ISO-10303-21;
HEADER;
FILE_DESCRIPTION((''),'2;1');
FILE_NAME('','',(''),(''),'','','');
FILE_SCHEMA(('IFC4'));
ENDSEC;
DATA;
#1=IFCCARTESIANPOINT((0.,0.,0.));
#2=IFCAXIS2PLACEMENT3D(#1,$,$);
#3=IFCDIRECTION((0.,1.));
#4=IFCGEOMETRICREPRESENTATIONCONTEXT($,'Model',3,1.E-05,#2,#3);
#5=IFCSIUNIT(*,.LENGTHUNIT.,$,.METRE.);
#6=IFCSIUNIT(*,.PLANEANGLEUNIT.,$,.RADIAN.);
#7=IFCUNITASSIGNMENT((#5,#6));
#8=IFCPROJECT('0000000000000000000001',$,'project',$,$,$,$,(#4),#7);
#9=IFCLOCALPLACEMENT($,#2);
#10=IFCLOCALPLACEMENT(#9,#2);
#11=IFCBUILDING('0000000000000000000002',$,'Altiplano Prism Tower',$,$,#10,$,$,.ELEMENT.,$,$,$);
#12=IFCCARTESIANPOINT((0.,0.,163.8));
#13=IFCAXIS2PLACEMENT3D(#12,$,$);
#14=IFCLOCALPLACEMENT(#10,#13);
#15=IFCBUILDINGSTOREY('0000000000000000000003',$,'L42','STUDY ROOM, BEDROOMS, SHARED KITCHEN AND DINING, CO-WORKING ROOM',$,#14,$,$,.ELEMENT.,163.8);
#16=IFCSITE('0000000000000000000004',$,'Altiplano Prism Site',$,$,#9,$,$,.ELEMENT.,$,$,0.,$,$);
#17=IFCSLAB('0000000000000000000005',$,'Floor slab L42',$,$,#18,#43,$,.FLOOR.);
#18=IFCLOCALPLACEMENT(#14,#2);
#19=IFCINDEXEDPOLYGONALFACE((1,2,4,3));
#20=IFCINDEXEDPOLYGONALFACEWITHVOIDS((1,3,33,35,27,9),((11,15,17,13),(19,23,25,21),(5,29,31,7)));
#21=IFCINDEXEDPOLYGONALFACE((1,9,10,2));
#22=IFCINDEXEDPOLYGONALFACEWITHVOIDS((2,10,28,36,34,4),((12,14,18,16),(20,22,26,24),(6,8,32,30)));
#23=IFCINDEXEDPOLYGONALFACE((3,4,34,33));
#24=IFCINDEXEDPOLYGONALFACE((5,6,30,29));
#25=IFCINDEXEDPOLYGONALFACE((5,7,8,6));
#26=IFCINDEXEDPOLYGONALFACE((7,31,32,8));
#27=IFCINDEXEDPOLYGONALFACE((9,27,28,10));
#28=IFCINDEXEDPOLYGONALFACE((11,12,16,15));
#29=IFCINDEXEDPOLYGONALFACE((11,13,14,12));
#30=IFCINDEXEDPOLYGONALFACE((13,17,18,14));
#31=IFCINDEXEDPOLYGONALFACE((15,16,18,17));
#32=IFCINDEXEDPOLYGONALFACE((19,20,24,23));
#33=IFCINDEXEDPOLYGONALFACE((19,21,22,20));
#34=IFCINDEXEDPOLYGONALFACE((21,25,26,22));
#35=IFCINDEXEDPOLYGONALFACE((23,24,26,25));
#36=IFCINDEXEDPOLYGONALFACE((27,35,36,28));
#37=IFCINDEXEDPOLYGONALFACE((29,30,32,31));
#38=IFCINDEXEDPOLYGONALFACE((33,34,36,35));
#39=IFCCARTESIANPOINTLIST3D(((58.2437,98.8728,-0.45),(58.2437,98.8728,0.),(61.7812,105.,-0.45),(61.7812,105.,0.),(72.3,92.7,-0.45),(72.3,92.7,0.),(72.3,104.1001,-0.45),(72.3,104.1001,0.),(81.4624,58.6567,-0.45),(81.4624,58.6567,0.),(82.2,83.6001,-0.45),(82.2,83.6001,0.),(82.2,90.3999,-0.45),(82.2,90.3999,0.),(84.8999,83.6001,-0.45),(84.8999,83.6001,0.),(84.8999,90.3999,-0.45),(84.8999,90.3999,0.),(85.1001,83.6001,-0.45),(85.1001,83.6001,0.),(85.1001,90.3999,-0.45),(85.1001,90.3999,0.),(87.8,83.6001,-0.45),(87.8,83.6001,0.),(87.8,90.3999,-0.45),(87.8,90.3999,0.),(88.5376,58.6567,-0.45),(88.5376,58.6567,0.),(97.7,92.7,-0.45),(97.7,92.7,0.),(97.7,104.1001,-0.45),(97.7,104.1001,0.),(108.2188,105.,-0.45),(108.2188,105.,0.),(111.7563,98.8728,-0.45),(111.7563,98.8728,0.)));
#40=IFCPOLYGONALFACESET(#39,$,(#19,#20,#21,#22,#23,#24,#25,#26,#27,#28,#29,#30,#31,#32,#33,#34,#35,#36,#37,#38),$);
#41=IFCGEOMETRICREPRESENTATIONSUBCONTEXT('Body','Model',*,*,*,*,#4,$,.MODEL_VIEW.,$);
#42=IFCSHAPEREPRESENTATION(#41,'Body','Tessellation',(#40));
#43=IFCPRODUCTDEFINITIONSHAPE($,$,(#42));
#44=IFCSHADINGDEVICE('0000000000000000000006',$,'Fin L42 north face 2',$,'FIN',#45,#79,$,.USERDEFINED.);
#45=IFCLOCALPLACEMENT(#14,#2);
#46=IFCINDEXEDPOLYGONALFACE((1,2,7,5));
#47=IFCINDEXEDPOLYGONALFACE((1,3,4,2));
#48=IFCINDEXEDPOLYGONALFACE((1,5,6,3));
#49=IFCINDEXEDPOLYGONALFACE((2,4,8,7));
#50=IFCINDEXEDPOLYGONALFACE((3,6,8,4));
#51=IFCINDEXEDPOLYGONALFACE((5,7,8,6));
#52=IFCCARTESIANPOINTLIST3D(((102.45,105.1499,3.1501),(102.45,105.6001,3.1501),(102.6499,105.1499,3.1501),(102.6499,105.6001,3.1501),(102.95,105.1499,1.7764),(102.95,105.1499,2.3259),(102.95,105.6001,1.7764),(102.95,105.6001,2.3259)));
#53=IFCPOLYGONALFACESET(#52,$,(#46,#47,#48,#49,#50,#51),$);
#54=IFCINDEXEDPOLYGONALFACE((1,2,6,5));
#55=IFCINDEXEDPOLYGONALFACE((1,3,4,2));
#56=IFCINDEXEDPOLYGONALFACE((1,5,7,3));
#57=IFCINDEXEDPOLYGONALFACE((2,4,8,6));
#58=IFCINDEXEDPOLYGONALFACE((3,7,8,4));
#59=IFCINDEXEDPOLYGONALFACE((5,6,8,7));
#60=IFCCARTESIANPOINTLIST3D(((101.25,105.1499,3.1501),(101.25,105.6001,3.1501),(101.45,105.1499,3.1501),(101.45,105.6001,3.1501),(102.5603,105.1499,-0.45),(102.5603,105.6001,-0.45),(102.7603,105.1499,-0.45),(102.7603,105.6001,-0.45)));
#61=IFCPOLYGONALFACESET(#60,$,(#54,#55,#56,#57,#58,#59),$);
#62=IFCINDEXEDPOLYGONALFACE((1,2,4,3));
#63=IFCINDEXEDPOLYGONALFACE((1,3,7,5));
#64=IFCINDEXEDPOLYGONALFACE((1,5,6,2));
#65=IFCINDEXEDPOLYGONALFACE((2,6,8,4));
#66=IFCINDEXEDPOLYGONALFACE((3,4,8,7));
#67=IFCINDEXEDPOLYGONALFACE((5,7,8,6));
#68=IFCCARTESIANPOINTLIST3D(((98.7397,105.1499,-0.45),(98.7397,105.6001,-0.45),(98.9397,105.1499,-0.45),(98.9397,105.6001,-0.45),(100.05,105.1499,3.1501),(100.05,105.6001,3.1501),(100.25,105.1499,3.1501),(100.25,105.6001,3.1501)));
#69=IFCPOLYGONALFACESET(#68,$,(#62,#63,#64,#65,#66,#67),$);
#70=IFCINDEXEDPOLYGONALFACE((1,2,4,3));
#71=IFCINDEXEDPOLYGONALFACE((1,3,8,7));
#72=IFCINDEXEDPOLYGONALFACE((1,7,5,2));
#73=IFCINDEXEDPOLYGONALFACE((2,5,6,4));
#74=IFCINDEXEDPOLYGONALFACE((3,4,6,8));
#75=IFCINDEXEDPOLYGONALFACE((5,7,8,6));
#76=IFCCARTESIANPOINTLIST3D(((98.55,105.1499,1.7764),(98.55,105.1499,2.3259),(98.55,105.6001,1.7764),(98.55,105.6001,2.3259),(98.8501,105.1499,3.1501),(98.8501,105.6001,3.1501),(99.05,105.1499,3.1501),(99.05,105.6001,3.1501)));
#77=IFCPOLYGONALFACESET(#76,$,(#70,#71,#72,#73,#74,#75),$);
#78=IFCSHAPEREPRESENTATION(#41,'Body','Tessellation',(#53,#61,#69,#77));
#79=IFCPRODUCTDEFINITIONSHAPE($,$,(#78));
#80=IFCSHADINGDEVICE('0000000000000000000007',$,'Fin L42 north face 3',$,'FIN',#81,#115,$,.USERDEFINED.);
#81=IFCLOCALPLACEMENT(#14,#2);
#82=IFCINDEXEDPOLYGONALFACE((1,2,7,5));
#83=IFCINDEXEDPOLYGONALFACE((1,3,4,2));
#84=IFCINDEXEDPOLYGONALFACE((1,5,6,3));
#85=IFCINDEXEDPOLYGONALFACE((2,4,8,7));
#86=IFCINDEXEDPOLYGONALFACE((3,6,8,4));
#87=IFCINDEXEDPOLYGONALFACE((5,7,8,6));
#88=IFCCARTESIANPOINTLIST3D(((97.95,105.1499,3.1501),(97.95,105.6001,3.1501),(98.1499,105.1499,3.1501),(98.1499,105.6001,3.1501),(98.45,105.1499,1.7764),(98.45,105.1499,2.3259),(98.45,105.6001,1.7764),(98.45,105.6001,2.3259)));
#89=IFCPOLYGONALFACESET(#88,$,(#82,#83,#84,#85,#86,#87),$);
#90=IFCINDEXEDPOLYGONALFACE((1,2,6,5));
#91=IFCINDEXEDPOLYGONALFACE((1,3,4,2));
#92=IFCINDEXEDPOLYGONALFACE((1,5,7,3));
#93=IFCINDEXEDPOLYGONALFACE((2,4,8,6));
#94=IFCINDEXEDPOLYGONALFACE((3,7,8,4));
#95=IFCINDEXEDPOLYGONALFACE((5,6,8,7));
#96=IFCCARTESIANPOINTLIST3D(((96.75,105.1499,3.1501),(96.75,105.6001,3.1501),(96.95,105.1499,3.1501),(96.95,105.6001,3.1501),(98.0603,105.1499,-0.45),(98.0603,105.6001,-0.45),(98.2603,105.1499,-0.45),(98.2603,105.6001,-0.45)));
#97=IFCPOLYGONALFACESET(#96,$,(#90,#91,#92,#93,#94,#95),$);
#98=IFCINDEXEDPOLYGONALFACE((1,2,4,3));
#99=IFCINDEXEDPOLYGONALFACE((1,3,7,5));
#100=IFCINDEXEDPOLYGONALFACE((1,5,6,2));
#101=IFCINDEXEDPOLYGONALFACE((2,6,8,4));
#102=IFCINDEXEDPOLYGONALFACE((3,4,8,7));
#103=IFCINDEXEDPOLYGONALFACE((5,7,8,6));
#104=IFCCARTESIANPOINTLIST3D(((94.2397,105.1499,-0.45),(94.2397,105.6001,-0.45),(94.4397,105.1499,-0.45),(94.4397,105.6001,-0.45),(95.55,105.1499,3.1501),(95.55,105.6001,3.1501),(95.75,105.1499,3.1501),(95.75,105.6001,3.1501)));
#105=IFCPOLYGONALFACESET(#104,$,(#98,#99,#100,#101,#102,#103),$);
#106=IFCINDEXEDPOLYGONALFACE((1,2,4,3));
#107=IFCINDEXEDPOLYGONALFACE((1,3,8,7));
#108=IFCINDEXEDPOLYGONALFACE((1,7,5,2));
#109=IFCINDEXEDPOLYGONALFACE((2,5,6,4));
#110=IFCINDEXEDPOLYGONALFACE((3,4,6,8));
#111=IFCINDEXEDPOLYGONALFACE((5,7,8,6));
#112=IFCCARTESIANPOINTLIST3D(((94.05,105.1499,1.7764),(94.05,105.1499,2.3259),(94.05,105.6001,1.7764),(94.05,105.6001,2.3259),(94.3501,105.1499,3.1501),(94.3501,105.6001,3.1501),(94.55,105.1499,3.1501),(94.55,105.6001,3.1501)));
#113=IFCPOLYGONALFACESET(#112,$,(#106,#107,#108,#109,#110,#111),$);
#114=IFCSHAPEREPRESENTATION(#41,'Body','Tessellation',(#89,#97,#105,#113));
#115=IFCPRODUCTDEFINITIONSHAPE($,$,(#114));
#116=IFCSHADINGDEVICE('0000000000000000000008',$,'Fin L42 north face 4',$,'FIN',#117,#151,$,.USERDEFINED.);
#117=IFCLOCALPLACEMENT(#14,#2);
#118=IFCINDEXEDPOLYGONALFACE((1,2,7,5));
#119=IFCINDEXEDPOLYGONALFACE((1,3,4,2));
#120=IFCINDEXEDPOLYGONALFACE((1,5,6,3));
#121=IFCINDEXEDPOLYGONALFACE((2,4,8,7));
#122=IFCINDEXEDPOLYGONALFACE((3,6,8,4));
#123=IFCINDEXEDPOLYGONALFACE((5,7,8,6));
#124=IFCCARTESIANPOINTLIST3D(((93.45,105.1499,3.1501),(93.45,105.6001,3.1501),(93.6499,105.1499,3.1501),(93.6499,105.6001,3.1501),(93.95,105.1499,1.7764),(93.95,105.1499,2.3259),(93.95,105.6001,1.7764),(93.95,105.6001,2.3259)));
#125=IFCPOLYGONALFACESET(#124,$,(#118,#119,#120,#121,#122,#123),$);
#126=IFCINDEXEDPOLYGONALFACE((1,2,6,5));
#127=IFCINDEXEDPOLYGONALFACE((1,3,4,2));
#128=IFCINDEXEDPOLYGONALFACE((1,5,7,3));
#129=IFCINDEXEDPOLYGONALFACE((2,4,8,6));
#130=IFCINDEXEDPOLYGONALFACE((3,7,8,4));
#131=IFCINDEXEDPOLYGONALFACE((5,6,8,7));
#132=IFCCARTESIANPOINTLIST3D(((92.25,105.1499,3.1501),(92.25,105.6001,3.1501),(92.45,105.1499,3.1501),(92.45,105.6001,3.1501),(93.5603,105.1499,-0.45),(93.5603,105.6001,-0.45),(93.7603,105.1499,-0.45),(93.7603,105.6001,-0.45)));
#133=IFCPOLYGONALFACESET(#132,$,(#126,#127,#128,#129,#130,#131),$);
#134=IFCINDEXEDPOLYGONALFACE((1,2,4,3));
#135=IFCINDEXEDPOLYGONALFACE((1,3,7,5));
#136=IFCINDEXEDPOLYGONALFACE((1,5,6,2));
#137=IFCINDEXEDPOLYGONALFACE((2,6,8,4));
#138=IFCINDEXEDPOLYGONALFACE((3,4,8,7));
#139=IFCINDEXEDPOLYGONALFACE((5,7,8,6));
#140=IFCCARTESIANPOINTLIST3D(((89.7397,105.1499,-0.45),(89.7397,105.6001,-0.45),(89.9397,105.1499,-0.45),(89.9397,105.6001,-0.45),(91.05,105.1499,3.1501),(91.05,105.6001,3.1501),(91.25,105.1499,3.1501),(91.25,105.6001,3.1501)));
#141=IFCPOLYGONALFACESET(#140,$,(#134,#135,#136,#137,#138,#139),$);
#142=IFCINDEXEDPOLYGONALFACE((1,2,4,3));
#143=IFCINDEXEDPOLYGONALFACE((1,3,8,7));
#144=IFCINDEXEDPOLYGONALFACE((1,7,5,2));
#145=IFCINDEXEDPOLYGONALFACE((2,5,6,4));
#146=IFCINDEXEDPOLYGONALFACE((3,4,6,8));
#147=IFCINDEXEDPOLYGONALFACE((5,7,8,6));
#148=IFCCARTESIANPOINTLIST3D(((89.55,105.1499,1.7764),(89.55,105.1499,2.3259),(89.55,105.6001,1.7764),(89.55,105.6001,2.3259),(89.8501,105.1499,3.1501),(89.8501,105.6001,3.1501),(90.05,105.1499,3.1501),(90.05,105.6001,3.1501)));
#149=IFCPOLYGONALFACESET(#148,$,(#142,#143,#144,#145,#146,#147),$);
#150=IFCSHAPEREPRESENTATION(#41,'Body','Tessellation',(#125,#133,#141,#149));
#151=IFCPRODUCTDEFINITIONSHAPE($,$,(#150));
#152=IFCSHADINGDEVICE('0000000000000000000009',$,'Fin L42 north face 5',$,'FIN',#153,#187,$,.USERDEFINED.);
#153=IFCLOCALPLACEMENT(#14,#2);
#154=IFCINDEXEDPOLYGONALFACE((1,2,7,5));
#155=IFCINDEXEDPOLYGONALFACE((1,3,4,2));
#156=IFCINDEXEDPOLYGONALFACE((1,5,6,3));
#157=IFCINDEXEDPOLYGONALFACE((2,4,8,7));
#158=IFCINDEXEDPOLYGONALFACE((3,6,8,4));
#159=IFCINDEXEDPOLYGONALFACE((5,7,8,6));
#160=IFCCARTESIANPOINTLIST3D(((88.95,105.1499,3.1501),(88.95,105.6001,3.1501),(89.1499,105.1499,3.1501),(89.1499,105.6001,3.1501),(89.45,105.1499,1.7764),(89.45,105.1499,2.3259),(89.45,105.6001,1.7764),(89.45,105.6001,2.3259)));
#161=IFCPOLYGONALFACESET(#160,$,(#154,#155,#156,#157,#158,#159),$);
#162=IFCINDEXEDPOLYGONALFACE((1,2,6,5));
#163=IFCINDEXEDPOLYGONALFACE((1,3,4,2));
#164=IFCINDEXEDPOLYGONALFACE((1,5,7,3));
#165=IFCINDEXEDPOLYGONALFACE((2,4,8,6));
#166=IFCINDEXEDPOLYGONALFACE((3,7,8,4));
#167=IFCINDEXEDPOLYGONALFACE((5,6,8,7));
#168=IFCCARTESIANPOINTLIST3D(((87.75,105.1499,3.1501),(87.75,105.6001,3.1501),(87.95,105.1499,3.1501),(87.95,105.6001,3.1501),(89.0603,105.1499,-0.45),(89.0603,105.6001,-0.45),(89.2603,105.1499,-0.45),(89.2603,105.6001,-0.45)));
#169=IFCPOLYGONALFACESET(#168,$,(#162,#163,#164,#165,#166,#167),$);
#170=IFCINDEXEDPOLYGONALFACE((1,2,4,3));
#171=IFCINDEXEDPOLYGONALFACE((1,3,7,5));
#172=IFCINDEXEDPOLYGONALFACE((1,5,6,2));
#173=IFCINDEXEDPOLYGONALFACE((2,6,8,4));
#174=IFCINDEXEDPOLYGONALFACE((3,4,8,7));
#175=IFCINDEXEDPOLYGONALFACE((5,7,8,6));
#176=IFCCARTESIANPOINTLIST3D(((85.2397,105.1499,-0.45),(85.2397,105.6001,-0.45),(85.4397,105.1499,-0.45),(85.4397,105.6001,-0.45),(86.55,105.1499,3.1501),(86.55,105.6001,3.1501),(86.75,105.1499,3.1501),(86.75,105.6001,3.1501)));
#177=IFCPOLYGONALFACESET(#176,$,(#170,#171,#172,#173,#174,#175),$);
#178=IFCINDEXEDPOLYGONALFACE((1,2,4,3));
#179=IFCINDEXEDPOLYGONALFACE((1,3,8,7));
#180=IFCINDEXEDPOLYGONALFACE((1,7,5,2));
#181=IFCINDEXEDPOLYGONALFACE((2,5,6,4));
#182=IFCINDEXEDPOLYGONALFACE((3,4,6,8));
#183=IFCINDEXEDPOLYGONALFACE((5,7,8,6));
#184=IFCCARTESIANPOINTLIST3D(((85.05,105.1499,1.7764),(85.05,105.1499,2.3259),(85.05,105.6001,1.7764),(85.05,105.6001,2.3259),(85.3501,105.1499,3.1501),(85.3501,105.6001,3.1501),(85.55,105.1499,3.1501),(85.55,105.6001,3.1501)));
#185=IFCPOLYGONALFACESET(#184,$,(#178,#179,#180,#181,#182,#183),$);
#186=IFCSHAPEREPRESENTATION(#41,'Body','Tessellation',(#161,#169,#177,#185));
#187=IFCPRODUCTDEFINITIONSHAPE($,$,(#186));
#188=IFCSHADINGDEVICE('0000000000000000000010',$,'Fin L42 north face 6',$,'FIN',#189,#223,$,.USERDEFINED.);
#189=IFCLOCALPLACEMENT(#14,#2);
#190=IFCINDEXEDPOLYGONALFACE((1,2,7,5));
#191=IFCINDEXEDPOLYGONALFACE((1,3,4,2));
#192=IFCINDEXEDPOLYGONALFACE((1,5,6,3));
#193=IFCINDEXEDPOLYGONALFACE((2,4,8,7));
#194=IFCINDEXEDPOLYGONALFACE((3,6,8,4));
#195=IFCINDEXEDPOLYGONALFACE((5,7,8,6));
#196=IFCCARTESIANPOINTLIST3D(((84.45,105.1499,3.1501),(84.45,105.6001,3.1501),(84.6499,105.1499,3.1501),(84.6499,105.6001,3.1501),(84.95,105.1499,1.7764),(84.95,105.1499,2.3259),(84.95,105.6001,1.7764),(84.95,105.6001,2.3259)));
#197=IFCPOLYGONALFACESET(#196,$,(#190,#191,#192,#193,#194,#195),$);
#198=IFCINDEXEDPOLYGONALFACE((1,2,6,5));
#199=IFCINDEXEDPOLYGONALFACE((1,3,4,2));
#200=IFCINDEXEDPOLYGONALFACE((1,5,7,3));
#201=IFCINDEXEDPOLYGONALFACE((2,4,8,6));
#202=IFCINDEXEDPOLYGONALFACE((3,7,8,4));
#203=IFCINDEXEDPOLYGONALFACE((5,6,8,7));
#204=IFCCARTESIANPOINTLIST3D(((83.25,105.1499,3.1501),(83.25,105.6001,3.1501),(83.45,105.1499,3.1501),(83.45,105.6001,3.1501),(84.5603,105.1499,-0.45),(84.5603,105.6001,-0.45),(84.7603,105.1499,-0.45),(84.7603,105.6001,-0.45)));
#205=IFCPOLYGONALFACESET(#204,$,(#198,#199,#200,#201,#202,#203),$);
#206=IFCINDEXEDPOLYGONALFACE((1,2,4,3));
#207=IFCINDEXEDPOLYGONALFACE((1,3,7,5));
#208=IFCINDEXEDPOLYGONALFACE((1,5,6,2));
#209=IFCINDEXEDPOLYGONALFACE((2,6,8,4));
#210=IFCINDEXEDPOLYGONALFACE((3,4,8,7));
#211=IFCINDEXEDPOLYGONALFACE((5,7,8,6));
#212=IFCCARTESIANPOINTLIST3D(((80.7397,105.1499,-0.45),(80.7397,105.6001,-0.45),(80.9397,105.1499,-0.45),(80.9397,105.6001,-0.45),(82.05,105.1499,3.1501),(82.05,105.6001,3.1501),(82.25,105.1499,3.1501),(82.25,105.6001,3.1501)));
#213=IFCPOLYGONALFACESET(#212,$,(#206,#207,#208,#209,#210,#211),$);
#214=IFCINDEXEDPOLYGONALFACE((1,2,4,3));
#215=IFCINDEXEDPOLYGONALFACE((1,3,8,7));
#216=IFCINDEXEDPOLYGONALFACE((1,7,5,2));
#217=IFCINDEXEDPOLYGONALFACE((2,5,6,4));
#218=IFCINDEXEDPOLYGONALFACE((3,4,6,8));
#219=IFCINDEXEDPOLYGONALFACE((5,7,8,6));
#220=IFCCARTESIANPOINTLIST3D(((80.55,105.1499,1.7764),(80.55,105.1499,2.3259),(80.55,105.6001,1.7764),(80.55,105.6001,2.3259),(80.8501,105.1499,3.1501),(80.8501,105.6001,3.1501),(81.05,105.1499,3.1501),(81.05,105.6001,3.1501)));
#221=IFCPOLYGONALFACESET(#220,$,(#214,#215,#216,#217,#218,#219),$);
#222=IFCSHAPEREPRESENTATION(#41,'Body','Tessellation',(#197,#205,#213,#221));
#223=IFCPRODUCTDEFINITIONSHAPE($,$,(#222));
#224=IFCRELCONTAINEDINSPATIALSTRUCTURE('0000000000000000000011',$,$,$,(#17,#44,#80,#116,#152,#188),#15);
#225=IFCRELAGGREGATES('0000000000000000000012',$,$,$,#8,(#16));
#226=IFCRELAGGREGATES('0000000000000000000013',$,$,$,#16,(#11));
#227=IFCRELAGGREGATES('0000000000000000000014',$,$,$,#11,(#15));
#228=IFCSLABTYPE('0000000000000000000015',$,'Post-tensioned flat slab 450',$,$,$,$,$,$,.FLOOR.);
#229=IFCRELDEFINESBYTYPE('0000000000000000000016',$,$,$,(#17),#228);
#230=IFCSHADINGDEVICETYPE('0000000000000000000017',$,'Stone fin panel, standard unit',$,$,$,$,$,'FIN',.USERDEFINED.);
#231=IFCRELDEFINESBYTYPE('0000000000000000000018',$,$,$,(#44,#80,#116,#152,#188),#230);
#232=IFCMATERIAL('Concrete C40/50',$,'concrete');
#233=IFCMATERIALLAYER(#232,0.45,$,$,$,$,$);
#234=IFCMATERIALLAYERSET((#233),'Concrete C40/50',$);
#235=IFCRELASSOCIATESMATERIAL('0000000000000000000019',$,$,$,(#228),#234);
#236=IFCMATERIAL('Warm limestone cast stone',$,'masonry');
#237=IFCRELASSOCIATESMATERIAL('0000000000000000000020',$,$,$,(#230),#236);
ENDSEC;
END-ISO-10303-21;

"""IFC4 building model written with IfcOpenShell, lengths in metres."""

from ifc_helpers import new_model, si_unit, direction, frame, origin, place, context, subcontext, project, spatial, polyline, outline, extrude, source, transform, mapped, material, layer, layer_set, type_object, element, save


model = new_model("IFC4")

# Units and contexts
model_context = context("Model", 3, precision=1e-05, world=origin(), true_north=direction((0.0, 1.0)))
body_context = subcontext(model_context, "Body", "Model", "MODEL_VIEW")
ifc_project = project(units=[si_unit("LENGTHUNIT", "METRE"), si_unit("PLANEANGLEUNIT", "RADIAN")], contexts=[model_context])

# Site, building, storey
site_placement = place(None, origin())
site = spatial("IfcSite", under=ifc_project, at=site_placement, Name="Altiplano Prism Site", CompositionType="ELEMENT", RefElevation=0.0)
building_placement = place(site_placement, origin())
building = spatial("IfcBuilding", under=site, at=building_placement, Name="Altiplano Prism Tower", CompositionType="ELEMENT")
storey_placement = place(building_placement, frame((0.0, 0.0, 163.8)))
storey = spatial("IfcBuildingStorey", under=building, at=storey_placement, Name="L42", Description="STUDY ROOM, BEDROOMS, SHARED KITCHEN AND DINING, CO-WORKING ROOM", CompositionType="ELEMENT", Elevation=163.8)

# Slab
ifc_material_1 = material(Name="Concrete C40/50", Category="concrete")
ifc_layer = layer(ifc_material_1, 0.45)
ifc_layer_set = layer_set([ifc_layer], Name="Concrete C40/50")
slab_type = type_object("IfcSlabType", Name="Post-tensioned flat slab 450", PredefinedType="FLOOR", material=ifc_layer_set)
slab_placement = place(storey_placement, frame((0.0, 0.0, -0.45)))
element("IfcSlab", 1, at=slab_placement, inside=storey, type_object=slab_type, Name="Floor slab L42", PredefinedType="FLOOR", context=body_context, shape_type="SweptSolid", body=[
    extrude(outline(polyline([(81.4624, 58.6567), (58.2437, 98.8728), (61.7812, 105.0), (108.2188, 105.0), (111.7563, 98.8728), (88.5376, 58.6567), (81.4624, 58.6567)]), holes=[polyline([(72.3, 104.1001), (72.3, 92.7), (97.7, 92.7), (97.7, 104.1001), (72.3, 104.1001)]), polyline([(84.8999, 90.3999), (82.2, 90.3999), (82.2, 83.6001), (84.8999, 83.6001), (84.8999, 90.3999)]), polyline([(87.8, 83.6001), (87.8, 90.3999), (85.1001, 90.3999), (85.1001, 83.6001), (87.8, 83.6001)])]), origin(), (0.0, 0.0, 1.0), 0.45),
])

# Shading devices
ifc_material_2 = material(Name="Warm limestone cast stone", Category="masonry")
shading_device_type_1 = type_object("IfcShadingDeviceType", Name="Stone fin panel, standard unit", ElementType="FIN", PredefinedType="USERDEFINED", material=ifc_material_2)
shared_shape_1 = source(origin(), body_context, "Body", "SweptSolid", [
    extrude(outline(polyline([(-2.2, 2.2263), (-1.7, 3.6001), (-1.8999, 3.6001), (-2.2, 2.7759), (-2.2, 2.2263)])), frame((0.0, -0.1499, 0.0), z_axis=(0.0, -1.0, 0.0), x_axis=(1.0, 0.0, 0.0)), (0.0, 0.0, 1.0), 0.4502),
    extrude(outline(polyline([(-2.0103, 0.0), (-1.8103, 0.0), (-0.5, 3.6001), (-0.7, 3.6001), (-2.0103, 0.0)])), frame((0.0, -0.1499, 0.0), z_axis=(0.0, -1.0, 0.0), x_axis=(1.0, 0.0, 0.0)), (0.0, 0.0, 1.0), 0.4502),
    extrude(outline(polyline([(1.8103, 0.0), (2.0103, 0.0), (0.7, 3.6001), (0.5, 3.6001), (1.8103, 0.0)])), frame((0.0, -0.1499, 0.0), z_axis=(0.0, -1.0, 0.0), x_axis=(1.0, 0.0, 0.0)), (0.0, 0.0, 1.0), 0.4502),
    extrude(outline(polyline([(2.2, 2.7759), (1.8999, 3.6001), (1.7, 3.6001), (2.2, 2.2263), (2.2, 2.7759)])), frame((0.0, -0.1499, 0.0), z_axis=(0.0, -1.0, 0.0), x_axis=(1.0, 0.0, 0.0)), (0.0, 0.0, 1.0), 0.4502),
])
shading_device_1_placement = place(storey_placement, origin())
element("IfcShadingDevice", 2, at=shading_device_1_placement, inside=storey, type_object=shading_device_type_1, Name="Fin L42 north face 2", ObjectType="FIN", PredefinedType="USERDEFINED", context=body_context, shape_type="MappedRepresentation", body=[
    mapped(shared_shape_1, transform((100.75, 105.0, -0.45), x_axis=(-1.0, 0.0, 0.0), y_axis=(0.0, -1.0, 0.0), z_axis=(0.0, 0.0, 1.0))),
])
shading_device_2_placement = place(storey_placement, origin())
element("IfcShadingDevice", 3, at=shading_device_2_placement, inside=storey, type_object=shading_device_type_1, Name="Fin L42 north face 3", ObjectType="FIN", PredefinedType="USERDEFINED", context=body_context, shape_type="MappedRepresentation", body=[
    mapped(shared_shape_1, transform((96.25, 105.0, -0.45), x_axis=(-1.0, 0.0, 0.0), y_axis=(0.0, -1.0, 0.0), z_axis=(0.0, 0.0, 1.0))),
])
shading_device_3_placement = place(storey_placement, origin())
element("IfcShadingDevice", 4, at=shading_device_3_placement, inside=storey, type_object=shading_device_type_1, Name="Fin L42 north face 4", ObjectType="FIN", PredefinedType="USERDEFINED", context=body_context, shape_type="MappedRepresentation", body=[
    mapped(shared_shape_1, transform((91.75, 105.0, -0.45), x_axis=(-1.0, 0.0, 0.0), y_axis=(0.0, -1.0, 0.0), z_axis=(0.0, 0.0, 1.0))),
])
shading_device_4_placement = place(storey_placement, origin())
element("IfcShadingDevice", 5, at=shading_device_4_placement, inside=storey, type_object=shading_device_type_1, Name="Fin L42 north face 5", ObjectType="FIN", PredefinedType="USERDEFINED", context=body_context, shape_type="MappedRepresentation", body=[
    mapped(shared_shape_1, transform((87.25, 105.0, -0.45), x_axis=(-1.0, 0.0, 0.0), y_axis=(0.0, -1.0, 0.0), z_axis=(0.0, 0.0, 1.0))),
])
shading_device_5_placement = place(storey_placement, origin())
element("IfcShadingDevice", 6, at=shading_device_5_placement, inside=storey, type_object=shading_device_type_1, Name="Fin L42 north face 6", ObjectType="FIN", PredefinedType="USERDEFINED", context=body_context, shape_type="MappedRepresentation", body=[
    mapped(shared_shape_1, transform((82.75, 105.0, -0.45), x_axis=(-1.0, 0.0, 0.0), y_axis=(0.0, -1.0, 0.0), z_axis=(0.0, 0.0, 1.0))),
])

save(model, "model.ifc")
